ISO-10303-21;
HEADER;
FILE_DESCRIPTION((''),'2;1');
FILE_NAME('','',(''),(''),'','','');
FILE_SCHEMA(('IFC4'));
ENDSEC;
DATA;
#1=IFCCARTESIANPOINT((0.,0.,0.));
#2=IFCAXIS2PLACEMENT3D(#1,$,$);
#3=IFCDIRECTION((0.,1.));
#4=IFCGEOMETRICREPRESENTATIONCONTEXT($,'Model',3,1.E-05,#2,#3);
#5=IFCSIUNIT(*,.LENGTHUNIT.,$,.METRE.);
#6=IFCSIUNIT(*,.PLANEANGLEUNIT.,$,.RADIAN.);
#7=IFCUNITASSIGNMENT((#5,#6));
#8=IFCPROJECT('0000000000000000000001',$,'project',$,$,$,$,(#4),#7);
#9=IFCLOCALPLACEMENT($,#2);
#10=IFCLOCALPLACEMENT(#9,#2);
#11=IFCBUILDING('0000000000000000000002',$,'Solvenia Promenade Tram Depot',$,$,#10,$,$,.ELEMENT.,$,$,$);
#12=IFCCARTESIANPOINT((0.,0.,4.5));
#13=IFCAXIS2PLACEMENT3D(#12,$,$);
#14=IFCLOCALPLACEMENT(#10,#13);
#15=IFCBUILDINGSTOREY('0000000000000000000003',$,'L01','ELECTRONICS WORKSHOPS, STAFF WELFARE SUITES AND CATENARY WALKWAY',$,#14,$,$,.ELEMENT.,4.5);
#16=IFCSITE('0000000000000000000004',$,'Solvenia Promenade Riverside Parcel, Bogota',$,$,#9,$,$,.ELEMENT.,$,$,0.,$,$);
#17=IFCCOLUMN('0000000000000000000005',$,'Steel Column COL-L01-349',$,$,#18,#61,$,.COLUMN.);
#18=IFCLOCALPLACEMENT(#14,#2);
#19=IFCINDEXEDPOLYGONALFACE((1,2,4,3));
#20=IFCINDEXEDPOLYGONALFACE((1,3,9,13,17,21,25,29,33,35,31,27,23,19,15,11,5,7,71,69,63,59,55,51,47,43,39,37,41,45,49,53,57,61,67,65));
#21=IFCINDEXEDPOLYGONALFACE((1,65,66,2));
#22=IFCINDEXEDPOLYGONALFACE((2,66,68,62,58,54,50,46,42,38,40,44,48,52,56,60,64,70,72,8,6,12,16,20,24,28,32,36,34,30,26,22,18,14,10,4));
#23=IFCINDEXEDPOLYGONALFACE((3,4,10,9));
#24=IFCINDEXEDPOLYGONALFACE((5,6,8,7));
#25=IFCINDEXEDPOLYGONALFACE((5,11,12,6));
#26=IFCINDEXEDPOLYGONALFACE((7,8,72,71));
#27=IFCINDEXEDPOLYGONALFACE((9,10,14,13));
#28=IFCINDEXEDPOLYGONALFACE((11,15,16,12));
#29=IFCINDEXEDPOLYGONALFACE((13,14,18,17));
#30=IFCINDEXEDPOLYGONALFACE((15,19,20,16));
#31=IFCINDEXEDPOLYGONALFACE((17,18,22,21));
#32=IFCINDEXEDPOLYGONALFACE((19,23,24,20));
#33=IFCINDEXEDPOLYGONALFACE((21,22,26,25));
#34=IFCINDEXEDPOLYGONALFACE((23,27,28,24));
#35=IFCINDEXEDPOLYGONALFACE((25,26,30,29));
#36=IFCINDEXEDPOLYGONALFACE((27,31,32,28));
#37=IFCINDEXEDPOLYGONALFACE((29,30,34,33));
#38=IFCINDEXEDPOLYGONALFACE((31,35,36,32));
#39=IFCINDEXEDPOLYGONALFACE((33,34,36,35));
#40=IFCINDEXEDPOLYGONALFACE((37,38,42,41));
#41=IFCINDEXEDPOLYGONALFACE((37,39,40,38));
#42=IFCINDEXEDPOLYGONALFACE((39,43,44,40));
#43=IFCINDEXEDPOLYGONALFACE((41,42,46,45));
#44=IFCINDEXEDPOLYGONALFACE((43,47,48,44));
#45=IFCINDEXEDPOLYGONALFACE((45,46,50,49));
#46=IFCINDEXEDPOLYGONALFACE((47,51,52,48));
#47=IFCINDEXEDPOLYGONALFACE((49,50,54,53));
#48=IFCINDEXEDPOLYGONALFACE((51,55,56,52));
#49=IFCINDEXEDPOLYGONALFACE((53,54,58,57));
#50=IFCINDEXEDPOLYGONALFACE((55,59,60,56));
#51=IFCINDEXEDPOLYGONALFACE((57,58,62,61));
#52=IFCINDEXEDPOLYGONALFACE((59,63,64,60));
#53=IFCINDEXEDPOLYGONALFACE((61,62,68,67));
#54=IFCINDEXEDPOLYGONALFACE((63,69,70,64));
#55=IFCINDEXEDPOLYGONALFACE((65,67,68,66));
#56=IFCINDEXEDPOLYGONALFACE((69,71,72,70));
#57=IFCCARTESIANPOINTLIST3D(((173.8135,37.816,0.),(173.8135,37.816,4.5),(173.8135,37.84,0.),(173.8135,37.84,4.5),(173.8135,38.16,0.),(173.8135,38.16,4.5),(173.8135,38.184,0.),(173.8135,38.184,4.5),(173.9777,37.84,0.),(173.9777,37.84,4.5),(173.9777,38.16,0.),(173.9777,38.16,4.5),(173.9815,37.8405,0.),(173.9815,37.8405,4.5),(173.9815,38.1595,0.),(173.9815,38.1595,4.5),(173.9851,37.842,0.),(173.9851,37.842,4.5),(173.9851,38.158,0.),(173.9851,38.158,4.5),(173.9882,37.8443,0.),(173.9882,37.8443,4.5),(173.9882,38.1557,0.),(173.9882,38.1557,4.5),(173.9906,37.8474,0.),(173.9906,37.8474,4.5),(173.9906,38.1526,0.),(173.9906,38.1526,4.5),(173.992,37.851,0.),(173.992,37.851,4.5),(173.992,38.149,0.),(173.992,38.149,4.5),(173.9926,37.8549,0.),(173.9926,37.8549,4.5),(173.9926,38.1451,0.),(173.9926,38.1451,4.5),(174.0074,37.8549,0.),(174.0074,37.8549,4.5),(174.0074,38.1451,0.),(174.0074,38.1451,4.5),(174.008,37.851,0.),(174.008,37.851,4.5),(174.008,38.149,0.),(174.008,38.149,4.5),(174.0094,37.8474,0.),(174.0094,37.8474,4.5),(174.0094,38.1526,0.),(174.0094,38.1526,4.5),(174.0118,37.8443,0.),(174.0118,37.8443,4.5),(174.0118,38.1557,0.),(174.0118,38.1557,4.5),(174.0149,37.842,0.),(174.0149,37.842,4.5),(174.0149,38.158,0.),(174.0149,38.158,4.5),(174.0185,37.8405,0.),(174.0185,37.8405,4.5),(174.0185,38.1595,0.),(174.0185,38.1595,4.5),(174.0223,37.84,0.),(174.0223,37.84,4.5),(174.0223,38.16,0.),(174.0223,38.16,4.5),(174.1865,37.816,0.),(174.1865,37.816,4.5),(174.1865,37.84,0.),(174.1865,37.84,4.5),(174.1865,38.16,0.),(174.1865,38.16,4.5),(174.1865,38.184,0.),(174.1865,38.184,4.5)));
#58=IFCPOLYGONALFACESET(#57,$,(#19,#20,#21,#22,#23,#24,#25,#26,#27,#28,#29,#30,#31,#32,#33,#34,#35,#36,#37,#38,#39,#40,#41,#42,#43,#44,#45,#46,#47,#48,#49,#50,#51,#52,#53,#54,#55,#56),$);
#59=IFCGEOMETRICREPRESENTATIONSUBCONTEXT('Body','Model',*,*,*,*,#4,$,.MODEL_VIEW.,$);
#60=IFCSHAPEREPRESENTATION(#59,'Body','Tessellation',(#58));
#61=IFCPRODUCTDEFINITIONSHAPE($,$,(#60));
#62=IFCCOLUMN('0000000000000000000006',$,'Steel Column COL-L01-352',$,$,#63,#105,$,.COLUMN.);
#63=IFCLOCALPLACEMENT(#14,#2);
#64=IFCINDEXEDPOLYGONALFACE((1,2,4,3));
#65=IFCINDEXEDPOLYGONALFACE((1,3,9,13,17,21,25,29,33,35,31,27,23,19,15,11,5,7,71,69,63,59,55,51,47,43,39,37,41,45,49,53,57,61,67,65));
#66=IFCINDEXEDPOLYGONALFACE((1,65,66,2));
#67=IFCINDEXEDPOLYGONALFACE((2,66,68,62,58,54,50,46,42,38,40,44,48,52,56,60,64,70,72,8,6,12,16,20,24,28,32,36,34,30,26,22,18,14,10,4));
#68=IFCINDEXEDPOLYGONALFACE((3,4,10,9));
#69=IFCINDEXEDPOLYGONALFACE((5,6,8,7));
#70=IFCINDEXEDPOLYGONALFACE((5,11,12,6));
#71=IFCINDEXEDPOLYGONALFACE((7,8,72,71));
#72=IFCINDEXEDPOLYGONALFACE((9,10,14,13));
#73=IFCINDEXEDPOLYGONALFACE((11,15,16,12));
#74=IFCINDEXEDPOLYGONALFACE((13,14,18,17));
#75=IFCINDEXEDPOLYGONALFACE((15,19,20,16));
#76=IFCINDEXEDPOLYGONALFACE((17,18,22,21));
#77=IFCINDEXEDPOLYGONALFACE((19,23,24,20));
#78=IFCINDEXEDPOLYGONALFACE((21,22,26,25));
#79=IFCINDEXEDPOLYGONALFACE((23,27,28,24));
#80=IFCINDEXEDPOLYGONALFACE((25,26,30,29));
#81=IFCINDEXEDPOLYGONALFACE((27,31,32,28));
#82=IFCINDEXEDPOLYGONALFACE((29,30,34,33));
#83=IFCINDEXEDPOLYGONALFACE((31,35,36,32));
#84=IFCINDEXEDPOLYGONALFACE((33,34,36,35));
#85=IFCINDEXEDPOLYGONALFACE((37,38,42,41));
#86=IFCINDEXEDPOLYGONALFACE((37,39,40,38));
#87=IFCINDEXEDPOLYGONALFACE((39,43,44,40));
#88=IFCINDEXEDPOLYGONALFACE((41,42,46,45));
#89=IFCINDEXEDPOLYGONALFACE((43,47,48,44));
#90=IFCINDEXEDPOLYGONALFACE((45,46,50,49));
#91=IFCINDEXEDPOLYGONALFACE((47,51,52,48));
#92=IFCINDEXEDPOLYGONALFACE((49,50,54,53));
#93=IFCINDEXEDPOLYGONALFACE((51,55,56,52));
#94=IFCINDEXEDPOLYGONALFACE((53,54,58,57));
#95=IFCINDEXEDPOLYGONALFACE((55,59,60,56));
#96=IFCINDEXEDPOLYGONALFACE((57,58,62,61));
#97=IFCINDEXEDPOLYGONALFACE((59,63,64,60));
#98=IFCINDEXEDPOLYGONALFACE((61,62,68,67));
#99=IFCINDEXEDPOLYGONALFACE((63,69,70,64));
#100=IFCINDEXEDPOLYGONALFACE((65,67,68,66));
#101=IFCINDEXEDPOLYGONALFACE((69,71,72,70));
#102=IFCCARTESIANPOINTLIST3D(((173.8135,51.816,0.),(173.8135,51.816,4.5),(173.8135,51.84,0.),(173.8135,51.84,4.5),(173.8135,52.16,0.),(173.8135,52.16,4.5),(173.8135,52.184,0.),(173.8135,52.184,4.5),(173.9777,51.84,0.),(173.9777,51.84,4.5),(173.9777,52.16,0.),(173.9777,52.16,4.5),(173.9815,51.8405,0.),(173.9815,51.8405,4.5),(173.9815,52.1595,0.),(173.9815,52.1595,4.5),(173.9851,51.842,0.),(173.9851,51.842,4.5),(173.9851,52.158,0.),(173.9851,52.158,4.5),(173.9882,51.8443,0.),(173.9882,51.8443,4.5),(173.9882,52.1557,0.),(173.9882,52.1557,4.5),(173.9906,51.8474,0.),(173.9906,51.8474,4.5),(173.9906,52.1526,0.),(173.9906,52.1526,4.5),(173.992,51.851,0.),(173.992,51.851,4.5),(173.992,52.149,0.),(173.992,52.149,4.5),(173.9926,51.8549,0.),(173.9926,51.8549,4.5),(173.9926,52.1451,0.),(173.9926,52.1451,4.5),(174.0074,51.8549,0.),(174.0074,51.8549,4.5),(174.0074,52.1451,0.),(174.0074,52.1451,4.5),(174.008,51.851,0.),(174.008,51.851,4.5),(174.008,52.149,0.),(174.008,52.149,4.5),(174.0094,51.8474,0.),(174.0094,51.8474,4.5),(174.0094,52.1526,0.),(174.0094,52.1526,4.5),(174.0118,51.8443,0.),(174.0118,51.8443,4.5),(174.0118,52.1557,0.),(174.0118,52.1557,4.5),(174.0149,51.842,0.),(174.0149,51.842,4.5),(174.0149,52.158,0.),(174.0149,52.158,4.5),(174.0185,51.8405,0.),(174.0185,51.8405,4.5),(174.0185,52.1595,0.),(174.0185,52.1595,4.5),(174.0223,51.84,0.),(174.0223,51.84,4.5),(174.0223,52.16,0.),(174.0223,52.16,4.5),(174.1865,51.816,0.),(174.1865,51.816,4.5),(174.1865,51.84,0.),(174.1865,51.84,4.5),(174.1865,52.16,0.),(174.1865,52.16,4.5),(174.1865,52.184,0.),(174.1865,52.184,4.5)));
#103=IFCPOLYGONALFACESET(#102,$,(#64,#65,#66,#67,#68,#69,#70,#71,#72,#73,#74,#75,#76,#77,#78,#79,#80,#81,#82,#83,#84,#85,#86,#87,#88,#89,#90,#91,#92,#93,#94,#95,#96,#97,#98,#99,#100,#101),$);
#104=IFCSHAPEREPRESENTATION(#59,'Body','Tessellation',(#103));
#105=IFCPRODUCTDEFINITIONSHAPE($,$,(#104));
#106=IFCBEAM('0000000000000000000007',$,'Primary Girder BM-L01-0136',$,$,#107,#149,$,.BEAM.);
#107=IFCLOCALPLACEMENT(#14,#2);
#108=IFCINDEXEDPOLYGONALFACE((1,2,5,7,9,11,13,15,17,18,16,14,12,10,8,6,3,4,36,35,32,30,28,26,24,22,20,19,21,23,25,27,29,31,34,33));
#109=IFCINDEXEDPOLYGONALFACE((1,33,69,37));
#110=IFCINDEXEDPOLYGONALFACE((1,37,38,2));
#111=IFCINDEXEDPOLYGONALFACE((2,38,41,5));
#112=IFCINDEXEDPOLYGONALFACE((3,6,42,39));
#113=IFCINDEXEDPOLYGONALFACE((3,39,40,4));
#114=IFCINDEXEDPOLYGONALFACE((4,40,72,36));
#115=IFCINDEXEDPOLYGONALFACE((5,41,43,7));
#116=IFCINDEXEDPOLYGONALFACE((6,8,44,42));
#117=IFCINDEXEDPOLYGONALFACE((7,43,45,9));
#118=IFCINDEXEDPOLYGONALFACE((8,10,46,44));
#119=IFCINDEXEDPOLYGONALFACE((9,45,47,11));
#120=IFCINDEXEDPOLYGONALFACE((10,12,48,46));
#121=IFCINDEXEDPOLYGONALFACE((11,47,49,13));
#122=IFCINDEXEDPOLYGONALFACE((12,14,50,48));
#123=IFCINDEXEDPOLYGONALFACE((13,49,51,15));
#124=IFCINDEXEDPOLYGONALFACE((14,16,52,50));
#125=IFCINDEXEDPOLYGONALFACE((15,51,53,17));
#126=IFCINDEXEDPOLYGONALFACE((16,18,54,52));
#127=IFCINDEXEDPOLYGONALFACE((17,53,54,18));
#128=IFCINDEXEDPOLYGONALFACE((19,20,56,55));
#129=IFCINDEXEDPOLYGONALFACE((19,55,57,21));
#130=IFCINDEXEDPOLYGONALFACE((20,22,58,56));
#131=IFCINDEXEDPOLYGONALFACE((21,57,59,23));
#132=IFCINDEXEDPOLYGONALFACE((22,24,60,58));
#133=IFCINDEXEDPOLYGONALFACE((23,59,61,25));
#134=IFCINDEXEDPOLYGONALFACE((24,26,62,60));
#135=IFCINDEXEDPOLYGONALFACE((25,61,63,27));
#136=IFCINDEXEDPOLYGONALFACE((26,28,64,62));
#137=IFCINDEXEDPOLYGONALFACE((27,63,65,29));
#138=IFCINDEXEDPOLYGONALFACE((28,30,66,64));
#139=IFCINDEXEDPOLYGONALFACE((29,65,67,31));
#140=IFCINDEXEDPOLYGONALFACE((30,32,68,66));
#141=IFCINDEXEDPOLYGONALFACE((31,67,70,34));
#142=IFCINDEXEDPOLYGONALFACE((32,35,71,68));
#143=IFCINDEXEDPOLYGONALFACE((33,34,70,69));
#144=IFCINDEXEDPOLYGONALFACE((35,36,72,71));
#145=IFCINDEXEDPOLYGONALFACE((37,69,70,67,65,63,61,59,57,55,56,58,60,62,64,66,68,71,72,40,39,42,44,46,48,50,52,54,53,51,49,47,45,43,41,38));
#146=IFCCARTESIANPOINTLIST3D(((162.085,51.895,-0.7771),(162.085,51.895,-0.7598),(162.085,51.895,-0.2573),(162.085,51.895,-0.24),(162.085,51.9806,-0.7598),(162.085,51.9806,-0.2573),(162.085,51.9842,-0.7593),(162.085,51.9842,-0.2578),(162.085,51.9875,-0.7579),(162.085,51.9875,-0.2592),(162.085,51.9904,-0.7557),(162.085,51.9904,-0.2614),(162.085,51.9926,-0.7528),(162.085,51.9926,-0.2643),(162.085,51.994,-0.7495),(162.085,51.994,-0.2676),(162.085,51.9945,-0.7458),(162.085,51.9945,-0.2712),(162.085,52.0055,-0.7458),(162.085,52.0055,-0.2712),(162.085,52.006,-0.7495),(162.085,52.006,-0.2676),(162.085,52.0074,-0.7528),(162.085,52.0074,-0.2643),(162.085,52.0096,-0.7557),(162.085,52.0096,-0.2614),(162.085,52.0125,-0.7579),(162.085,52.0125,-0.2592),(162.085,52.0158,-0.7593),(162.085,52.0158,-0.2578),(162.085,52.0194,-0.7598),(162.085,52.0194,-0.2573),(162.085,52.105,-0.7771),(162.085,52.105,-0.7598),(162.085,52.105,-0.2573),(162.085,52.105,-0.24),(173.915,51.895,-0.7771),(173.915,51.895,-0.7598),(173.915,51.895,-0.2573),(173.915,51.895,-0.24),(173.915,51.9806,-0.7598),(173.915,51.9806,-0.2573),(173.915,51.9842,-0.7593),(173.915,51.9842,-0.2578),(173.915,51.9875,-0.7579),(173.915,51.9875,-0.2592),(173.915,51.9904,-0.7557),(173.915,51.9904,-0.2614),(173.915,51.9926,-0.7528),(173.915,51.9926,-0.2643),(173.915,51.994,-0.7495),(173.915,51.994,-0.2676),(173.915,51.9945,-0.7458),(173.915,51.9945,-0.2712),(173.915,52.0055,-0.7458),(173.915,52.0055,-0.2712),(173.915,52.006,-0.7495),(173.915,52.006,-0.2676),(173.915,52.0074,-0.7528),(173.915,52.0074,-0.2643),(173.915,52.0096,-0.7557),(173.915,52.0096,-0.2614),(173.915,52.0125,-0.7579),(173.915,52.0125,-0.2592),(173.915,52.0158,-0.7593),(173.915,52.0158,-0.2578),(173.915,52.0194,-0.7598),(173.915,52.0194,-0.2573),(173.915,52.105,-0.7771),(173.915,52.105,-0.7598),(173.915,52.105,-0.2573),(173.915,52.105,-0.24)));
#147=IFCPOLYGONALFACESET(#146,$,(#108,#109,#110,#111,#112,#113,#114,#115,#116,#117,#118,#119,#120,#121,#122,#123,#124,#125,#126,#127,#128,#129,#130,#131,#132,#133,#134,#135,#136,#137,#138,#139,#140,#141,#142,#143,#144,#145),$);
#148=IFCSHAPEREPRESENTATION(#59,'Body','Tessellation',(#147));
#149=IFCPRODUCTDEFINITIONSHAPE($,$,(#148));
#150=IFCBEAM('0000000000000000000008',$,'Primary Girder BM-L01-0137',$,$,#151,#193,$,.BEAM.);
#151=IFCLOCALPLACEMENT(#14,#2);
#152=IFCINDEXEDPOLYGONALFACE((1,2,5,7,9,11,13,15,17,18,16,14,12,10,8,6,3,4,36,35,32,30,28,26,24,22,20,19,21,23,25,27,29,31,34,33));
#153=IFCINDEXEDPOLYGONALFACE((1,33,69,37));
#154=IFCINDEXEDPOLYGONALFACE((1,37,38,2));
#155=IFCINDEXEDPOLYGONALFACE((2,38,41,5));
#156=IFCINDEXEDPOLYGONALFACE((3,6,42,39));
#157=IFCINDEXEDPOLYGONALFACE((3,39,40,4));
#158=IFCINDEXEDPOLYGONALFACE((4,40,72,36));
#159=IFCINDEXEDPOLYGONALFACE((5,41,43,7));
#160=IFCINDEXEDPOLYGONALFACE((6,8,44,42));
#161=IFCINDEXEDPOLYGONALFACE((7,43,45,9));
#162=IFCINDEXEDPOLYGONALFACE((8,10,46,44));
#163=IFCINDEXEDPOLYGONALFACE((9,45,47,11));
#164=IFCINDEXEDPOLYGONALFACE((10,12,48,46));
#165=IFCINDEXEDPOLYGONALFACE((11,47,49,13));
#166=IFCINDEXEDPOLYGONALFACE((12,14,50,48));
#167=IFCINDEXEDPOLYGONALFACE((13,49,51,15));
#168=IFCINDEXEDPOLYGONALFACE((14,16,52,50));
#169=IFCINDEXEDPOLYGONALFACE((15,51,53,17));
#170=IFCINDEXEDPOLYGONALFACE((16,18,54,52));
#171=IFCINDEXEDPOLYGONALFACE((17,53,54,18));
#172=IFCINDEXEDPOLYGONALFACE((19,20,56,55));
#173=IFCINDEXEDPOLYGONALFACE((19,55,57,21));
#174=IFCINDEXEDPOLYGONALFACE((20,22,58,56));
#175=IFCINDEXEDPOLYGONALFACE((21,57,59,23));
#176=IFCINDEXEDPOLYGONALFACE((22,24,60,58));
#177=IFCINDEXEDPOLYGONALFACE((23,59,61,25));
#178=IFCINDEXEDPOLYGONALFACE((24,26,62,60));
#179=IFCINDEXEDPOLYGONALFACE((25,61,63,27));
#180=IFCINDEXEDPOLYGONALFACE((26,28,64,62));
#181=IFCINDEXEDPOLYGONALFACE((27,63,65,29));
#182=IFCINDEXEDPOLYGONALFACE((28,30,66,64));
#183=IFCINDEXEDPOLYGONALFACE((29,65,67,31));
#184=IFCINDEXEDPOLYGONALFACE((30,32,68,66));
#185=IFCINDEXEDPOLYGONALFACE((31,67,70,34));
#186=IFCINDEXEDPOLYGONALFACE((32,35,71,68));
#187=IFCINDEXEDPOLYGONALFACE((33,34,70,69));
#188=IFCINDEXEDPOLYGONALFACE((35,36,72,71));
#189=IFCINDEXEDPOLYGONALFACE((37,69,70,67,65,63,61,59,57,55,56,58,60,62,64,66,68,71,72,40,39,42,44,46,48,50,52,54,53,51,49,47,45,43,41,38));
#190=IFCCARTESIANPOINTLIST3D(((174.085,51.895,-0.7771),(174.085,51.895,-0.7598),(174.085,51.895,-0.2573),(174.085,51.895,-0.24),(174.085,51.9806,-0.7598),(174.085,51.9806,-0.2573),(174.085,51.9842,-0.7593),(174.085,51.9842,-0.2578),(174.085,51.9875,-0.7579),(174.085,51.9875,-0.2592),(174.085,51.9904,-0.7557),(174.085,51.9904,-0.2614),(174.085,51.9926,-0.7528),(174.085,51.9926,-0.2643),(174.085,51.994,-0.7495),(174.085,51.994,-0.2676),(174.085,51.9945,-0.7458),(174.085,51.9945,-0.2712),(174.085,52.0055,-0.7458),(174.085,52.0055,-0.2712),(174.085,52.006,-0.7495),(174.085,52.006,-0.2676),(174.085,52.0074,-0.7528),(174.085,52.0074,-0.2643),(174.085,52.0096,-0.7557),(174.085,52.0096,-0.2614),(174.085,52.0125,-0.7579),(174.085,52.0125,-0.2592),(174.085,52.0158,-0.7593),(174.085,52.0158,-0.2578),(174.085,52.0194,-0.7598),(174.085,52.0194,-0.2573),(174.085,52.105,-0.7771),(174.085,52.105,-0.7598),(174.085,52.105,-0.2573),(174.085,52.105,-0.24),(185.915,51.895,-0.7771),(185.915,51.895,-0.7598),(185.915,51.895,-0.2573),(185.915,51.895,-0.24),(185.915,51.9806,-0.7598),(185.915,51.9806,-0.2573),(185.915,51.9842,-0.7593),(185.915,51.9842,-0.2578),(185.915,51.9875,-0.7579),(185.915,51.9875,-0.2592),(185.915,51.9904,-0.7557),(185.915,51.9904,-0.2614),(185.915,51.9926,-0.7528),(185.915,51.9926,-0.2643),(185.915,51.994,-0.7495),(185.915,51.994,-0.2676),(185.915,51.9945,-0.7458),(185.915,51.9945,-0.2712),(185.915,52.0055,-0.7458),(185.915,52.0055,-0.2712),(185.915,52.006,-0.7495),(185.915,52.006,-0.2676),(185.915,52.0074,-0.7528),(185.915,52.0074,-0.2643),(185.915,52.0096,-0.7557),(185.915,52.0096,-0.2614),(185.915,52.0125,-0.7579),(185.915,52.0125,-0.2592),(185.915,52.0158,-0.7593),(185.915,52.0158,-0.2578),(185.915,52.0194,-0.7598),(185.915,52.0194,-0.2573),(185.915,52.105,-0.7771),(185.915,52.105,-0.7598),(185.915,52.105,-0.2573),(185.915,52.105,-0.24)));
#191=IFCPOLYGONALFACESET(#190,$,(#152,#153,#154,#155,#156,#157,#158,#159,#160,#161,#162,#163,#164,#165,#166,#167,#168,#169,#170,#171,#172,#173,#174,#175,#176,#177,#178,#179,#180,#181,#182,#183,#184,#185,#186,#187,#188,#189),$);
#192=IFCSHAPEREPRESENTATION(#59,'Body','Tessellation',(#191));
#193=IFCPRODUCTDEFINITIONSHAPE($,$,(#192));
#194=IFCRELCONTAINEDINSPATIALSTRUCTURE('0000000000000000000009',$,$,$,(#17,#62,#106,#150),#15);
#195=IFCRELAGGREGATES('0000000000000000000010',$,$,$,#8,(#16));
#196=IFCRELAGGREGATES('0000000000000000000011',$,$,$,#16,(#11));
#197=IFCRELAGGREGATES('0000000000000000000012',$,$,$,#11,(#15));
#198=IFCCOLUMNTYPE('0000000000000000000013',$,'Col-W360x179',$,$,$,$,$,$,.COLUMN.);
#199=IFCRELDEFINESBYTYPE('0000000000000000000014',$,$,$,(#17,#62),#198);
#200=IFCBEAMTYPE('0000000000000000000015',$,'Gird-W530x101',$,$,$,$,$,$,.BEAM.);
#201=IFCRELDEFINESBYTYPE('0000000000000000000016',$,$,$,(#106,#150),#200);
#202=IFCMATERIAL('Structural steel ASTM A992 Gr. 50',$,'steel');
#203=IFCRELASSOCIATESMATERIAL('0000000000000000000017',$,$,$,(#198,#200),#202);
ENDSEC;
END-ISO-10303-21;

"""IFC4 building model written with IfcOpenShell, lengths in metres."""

from ifc_helpers import new_model, si_unit, direction, frame, origin, origin_2d, place, context, subcontext, project, spatial, i_section, extrude, material, material_profile, profile_set, type_object, element, save


model = new_model("IFC4")

# Units and contexts
model_context = context("Model", 3, precision=1e-05, world=origin(), true_north=direction((0.0, 1.0)))
body_context = subcontext(model_context, "Body", "Model", "MODEL_VIEW")
ifc_project = project(units=[si_unit("LENGTHUNIT", "METRE"), si_unit("PLANEANGLEUNIT", "RADIAN")], contexts=[model_context])

# Site, building, storey
site_placement = place(None, origin())
site = spatial("IfcSite", under=ifc_project, at=site_placement, Name="Solvenia Promenade Riverside Parcel, Bogota", CompositionType="ELEMENT", RefElevation=0.0)
building_placement = place(site_placement, origin())
building = spatial("IfcBuilding", under=site, at=building_placement, Name="Solvenia Promenade Tram Depot", CompositionType="ELEMENT")
storey_placement = place(building_placement, frame((0.0, 0.0, 4.5)))
storey = spatial("IfcBuildingStorey", under=building, at=storey_placement, Name="L01", Description="ELECTRONICS WORKSHOPS, STAFF WELFARE SUITES AND CATENARY WALKWAY", CompositionType="ELEMENT", Elevation=4.5)

# Columns
ifc_material_1 = material(Name="Structural steel ASTM A992 Gr. 50", Category="steel")
ifc_material_profile_1 = material_profile(ifc_material_1, i_section(OverallWidth=0.373, OverallDepth=0.3679, WebThickness=0.0149, FlangeThickness=0.0239, FilletRadius=0.0149, at=origin_2d()), Name="W360x179", Category="steel")
ifc_profile_set_1 = profile_set([ifc_material_profile_1], Name="Structural steel ASTM A992 Gr. 50")
column_type = type_object("IfcColumnType", Name="Col-W360x179", PredefinedType="COLUMN", material=ifc_profile_set_1)
for number, where, z_axis, x_axis, name in (
    (1, (174.0, 38.0, 0.0), (0.0, 0.0, 1.0), (1.0, 0.0, 0.0), "Steel Column COL-L01-349"),
    (2, (174.0, 52.0, 0.0), (0.0, 0.0, 1.0), (1.0, 0.0, 0.0), "Steel Column COL-L01-352"),
):
    element("IfcColumn", number, at=place(storey_placement, frame(where, z_axis=z_axis, x_axis=x_axis)), inside=storey, type_object=column_type, Name=name, PredefinedType="COLUMN", context=body_context, shape_type="SweptSolid", body=[
        extrude(i_section(OverallWidth=0.373, OverallDepth=0.3679, WebThickness=0.0149, FlangeThickness=0.0239, FilletRadius=0.0149, at=origin_2d()), origin(), (0.0, 0.0, 1.0), 4.5),
    ])

# Beams
ifc_material_profile_2 = material_profile(ifc_material_1, i_section(OverallWidth=0.21, OverallDepth=0.5371, WebThickness=0.011, FlangeThickness=0.0173, FilletRadius=0.0139, at=origin_2d()), Name="W530x101", Category="steel")
ifc_profile_set_2 = profile_set([ifc_material_profile_2], Name="Structural steel ASTM A992 Gr. 50")
beam_type_1 = type_object("IfcBeamType", Name="Gird-W530x101", PredefinedType="BEAM", material=ifc_profile_set_2)
for number, where, z_axis, x_axis, name in (
    (3, (162.085, 52.0, -0.5085), (1.0, 0.0, 0.0), (0.0, 1.0, 0.0), "Primary Girder BM-L01-0136"),
    (4, (174.085, 52.0, -0.5085), (1.0, 0.0, 0.0), (0.0, 1.0, 0.0), "Primary Girder BM-L01-0137"),
):
    element("IfcBeam", number, at=place(storey_placement, frame(where, z_axis=z_axis, x_axis=x_axis)), inside=storey, type_object=beam_type_1, Name=name, PredefinedType="BEAM", context=body_context, shape_type="SweptSolid", body=[
        extrude(i_section(OverallWidth=0.21, OverallDepth=0.5371, WebThickness=0.011, FlangeThickness=0.0173, FilletRadius=0.0139, at=origin_2d()), origin(), (0.0, 0.0, 1.0), 11.8301),
    ])

save(model, "model.ifc")
